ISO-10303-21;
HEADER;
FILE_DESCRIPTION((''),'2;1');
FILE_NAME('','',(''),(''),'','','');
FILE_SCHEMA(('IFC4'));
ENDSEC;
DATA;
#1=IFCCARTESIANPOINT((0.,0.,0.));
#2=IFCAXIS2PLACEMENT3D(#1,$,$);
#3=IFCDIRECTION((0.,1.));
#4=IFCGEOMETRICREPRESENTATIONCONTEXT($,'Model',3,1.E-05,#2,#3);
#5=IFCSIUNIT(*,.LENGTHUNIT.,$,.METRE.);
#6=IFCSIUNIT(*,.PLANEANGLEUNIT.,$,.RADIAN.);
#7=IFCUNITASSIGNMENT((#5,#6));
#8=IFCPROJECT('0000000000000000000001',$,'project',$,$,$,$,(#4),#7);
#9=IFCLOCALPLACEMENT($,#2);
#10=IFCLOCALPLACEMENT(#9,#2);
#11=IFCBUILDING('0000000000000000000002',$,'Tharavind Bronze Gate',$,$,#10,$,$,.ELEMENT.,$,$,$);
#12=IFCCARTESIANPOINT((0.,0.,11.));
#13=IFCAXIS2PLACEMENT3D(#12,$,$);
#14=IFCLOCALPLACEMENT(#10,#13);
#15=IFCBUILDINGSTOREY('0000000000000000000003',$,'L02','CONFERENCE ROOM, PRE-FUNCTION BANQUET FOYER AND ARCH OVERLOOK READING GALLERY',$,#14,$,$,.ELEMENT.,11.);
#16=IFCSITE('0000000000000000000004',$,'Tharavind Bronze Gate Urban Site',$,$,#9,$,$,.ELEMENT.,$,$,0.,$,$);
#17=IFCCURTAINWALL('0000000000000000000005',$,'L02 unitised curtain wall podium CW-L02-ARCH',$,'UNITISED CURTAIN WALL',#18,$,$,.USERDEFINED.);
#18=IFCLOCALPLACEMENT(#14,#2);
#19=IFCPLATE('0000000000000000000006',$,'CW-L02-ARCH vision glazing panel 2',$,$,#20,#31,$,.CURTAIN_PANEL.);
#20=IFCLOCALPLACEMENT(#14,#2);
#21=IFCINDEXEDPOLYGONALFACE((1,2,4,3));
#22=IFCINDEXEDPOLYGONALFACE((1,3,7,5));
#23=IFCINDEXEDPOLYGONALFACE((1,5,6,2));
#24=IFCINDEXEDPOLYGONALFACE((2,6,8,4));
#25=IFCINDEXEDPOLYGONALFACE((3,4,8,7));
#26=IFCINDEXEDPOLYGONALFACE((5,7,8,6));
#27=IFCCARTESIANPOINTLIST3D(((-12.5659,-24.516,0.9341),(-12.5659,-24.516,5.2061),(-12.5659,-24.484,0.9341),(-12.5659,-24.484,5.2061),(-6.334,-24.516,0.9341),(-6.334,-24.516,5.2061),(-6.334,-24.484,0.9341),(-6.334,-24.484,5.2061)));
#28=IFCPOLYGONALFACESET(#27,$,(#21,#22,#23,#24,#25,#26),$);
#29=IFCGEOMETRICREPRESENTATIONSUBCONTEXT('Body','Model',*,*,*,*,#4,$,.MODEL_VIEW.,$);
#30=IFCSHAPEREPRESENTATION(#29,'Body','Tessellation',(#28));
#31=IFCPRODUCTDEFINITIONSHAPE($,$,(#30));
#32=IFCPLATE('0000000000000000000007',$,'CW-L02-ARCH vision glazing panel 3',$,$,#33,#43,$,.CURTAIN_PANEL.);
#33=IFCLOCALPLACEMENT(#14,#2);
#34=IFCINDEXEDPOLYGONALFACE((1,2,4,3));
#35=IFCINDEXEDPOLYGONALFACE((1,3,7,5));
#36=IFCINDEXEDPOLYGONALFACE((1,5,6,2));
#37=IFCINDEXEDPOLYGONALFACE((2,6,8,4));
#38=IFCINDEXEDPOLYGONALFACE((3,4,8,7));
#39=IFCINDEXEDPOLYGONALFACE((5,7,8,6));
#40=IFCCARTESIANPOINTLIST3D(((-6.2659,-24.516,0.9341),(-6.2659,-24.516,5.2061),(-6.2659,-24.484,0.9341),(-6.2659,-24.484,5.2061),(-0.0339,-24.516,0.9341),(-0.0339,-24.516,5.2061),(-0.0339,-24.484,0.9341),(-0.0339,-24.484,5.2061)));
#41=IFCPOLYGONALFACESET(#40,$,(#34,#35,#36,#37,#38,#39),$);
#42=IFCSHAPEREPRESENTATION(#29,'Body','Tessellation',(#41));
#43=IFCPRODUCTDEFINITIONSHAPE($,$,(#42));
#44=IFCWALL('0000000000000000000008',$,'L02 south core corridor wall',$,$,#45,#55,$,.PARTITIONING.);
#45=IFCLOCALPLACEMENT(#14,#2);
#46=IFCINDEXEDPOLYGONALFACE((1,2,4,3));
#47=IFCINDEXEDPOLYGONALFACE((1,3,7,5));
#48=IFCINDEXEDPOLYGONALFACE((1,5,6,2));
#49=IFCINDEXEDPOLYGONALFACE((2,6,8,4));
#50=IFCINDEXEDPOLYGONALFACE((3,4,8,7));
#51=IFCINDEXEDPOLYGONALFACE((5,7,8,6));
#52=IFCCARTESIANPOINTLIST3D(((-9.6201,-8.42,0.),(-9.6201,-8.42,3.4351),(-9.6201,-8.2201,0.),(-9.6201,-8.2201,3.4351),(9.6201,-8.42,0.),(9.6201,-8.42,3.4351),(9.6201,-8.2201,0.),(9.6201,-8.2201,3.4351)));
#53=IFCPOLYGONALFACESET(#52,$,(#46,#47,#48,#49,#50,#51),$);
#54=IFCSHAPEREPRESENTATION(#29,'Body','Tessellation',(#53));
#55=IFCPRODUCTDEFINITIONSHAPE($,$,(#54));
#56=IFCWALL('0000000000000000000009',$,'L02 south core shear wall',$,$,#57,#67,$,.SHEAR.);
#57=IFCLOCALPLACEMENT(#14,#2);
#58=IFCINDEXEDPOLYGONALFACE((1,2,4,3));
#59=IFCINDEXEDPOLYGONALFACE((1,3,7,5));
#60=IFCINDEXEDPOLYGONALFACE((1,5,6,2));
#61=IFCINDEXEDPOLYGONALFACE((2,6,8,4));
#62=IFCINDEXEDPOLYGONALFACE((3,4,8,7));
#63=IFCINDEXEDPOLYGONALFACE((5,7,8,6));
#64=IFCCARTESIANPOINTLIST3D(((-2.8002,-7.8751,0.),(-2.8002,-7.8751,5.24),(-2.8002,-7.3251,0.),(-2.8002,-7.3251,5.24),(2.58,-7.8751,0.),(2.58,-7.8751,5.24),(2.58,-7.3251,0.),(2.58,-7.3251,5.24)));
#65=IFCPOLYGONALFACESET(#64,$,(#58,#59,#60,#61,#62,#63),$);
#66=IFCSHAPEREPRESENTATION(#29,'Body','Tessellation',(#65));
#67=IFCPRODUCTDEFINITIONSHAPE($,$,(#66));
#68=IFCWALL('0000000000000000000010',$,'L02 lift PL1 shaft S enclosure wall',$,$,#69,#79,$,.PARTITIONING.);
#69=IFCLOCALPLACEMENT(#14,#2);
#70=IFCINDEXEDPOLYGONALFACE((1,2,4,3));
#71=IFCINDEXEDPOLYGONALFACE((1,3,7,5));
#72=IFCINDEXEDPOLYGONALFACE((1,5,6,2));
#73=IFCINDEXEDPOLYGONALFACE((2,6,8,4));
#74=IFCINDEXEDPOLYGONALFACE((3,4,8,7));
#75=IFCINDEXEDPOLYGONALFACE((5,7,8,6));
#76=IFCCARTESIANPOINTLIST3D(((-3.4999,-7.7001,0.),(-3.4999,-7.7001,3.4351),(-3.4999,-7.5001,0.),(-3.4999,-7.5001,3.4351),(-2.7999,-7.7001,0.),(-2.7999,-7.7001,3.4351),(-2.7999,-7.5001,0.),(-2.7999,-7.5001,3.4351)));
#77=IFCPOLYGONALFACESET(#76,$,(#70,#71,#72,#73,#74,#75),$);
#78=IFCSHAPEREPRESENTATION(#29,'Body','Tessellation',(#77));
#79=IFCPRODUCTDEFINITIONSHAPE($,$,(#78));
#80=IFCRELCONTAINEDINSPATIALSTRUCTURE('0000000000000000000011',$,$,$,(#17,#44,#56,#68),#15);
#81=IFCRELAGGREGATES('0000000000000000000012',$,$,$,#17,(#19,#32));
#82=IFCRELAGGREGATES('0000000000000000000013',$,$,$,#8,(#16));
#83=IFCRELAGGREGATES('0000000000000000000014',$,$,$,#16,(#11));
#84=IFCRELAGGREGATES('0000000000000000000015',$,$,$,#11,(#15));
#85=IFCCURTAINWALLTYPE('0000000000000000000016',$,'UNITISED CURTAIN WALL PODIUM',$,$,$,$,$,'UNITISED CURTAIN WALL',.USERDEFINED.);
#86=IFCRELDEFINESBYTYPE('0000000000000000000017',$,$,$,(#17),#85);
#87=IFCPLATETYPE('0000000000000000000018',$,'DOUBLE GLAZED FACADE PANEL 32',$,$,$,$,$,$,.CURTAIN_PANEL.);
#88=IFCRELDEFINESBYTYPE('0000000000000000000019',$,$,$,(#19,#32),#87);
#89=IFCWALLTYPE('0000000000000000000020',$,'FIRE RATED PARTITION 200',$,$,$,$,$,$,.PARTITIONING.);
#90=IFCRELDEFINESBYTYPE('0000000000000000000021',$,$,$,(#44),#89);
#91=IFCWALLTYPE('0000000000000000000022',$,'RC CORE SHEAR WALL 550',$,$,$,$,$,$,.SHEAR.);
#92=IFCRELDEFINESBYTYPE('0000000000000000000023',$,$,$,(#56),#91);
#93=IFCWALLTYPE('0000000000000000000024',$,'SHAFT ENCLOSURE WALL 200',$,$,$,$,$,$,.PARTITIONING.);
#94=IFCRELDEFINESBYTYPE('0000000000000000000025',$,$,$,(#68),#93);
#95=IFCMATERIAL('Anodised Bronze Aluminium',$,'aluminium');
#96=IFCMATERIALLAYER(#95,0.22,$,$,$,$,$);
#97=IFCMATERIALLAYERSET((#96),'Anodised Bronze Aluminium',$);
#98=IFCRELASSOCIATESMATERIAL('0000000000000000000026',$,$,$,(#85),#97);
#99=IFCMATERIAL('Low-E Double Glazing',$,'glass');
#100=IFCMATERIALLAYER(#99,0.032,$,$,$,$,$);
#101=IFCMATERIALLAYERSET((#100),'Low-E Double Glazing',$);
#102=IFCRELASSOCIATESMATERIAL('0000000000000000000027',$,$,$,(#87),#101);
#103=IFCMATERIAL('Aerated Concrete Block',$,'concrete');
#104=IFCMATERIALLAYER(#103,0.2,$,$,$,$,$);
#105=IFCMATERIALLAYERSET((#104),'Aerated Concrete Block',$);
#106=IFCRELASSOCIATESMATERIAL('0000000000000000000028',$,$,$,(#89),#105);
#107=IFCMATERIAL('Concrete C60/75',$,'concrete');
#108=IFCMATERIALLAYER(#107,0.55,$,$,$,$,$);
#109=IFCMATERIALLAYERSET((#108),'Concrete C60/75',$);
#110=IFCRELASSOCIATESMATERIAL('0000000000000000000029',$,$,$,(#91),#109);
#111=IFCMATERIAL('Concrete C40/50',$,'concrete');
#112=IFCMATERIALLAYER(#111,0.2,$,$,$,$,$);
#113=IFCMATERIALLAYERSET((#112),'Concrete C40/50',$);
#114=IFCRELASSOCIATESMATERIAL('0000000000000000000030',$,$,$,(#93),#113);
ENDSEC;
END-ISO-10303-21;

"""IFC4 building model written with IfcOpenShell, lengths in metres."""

from ifc_helpers import new_model, si_unit, direction, frame, frame_2d, origin, origin_2d, place, context, subcontext, project, spatial, rectangle, extrude, material, layer, layer_set, type_object, element, aggregate, save


model = new_model("IFC4")

# Units and contexts
model_context = context("Model", 3, precision=1e-05, world=origin(), true_north=direction((0.0, 1.0)))
body_context = subcontext(model_context, "Body", "Model", "MODEL_VIEW")
ifc_project = project(units=[si_unit("LENGTHUNIT", "METRE"), si_unit("PLANEANGLEUNIT", "RADIAN")], contexts=[model_context])

# Site, building, storey
site_placement = place(None, origin())
site = spatial("IfcSite", under=ifc_project, at=site_placement, Name="Tharavind Bronze Gate Urban Site", CompositionType="ELEMENT", RefElevation=0.0)
building_placement = place(site_placement, origin())
building = spatial("IfcBuilding", under=site, at=building_placement, Name="Tharavind Bronze Gate", CompositionType="ELEMENT")
storey_placement = place(building_placement, frame((0.0, 0.0, 11.0)))
storey = spatial("IfcBuildingStorey", under=building, at=storey_placement, Name="L02", Description="CONFERENCE ROOM, PRE-FUNCTION BANQUET FOYER AND ARCH OVERLOOK READING GALLERY", CompositionType="ELEMENT", Elevation=11.0)

# Curtain wall
ifc_material_1 = material(Name="Anodised Bronze Aluminium", Category="aluminium")
ifc_layer_1 = layer(ifc_material_1, 0.22)
ifc_layer_set_1 = layer_set([ifc_layer_1], Name="Anodised Bronze Aluminium")
curtain_wall_type = type_object("IfcCurtainWallType", Name="UNITISED CURTAIN WALL PODIUM", ElementType="UNITISED CURTAIN WALL", PredefinedType="USERDEFINED", material=ifc_layer_set_1)
curtain_wall_placement = place(storey_placement, origin())
curtain_wall = element("IfcCurtainWall", 1, at=curtain_wall_placement, inside=storey, type_object=curtain_wall_type, Name="L02 unitised curtain wall podium CW-L02-ARCH", ObjectType="UNITISED CURTAIN WALL", PredefinedType="USERDEFINED")

# Plates
ifc_material_2 = material(Name="Low-E Double Glazing", Category="glass")
ifc_layer_2 = layer(ifc_material_2, 0.032)
ifc_layer_set_2 = layer_set([ifc_layer_2], Name="Low-E Double Glazing")
plate_type_1 = type_object("IfcPlateType", Name="DOUBLE GLAZED FACADE PANEL 32", PredefinedType="CURTAIN_PANEL", material=ifc_layer_set_2)
plate_1_placement = place(storey_placement, frame((-9.45, -24.5, 0.9341), z_axis=(0.0, 0.0, 1.0), x_axis=(1.0, 0.0, 0.0)))
plate_1 = element("IfcPlate", 2, at=plate_1_placement, type_object=plate_type_1, Name="CW-L02-ARCH vision glazing panel 2", PredefinedType="CURTAIN_PANEL", context=body_context, shape_type="SweptSolid", body=[
    extrude(rectangle(XDim=6.2319, YDim=0.032, at=origin_2d()), origin(), (0.0, 0.0, 1.0), 4.272),
])
plate_2_placement = place(storey_placement, frame((-3.1499, -24.5, 0.9341), z_axis=(0.0, 0.0, 1.0), x_axis=(1.0, 0.0, 0.0)))
plate_2 = element("IfcPlate", 3, at=plate_2_placement, type_object=plate_type_1, Name="CW-L02-ARCH vision glazing panel 3", PredefinedType="CURTAIN_PANEL", context=body_context, shape_type="SweptSolid", body=[
    extrude(rectangle(XDim=6.2319, YDim=0.032, at=origin_2d()), origin(), (0.0, 0.0, 1.0), 4.272),
])
aggregate(curtain_wall, [plate_1, plate_2])

# Walls
ifc_material_3 = material(Name="Aerated Concrete Block", Category="concrete")
ifc_layer_3 = layer(ifc_material_3, 0.2)
ifc_layer_set_3 = layer_set([ifc_layer_3], Name="Aerated Concrete Block")
wall_type_1 = type_object("IfcWallType", Name="FIRE RATED PARTITION 200", PredefinedType="PARTITIONING", material=ifc_layer_set_3)
wall_1_placement = place(storey_placement, frame((-9.6201, -8.3201, 0.0), z_axis=(0.0, 0.0, 1.0), x_axis=(1.0, 0.0, 0.0)))
element("IfcWall", 4, at=wall_1_placement, inside=storey, type_object=wall_type_1, Name="L02 south core corridor wall", PredefinedType="PARTITIONING", context=body_context, shape_type="SweptSolid", body=[
    extrude(rectangle(XDim=19.2402, YDim=0.2, at=frame_2d((9.6201, 0.0))), origin(), (0.0, 0.0, 1.0), 3.4351),
])
ifc_material_4 = material(Name="Concrete C60/75", Category="concrete")
ifc_layer_4 = layer(ifc_material_4, 0.55)
ifc_layer_set_4 = layer_set([ifc_layer_4], Name="Concrete C60/75")
wall_type_2 = type_object("IfcWallType", Name="RC CORE SHEAR WALL 550", PredefinedType="SHEAR", material=ifc_layer_set_4)
wall_2_placement = place(storey_placement, frame((-2.8, -7.6001, 0.0), z_axis=(0.0, 0.0, 1.0), x_axis=(1.0, 0.0, 0.0)))
element("IfcWall", 5, at=wall_2_placement, inside=storey, type_object=wall_type_2, Name="L02 south core shear wall", PredefinedType="SHEAR", context=body_context, shape_type="SweptSolid", body=[
    extrude(rectangle(XDim=5.3801, YDim=0.55, at=frame_2d((2.6899, 0.0))), origin(), (0.0, 0.0, 1.0), 5.24),
])
ifc_material_5 = material(Name="Concrete C40/50", Category="concrete")
ifc_layer_5 = layer(ifc_material_5, 0.2)
ifc_layer_set_5 = layer_set([ifc_layer_5], Name="Concrete C40/50")
wall_type_3 = type_object("IfcWallType", Name="SHAFT ENCLOSURE WALL 200", PredefinedType="PARTITIONING", material=ifc_layer_set_5)
wall_3_placement = place(storey_placement, frame((-3.5, -7.6001, 0.0), z_axis=(0.0, 0.0, 1.0), x_axis=(1.0, 0.0, 0.0)))
element("IfcWall", 6, at=wall_3_placement, inside=storey, type_object=wall_type_3, Name="L02 lift PL1 shaft S enclosure wall", PredefinedType="PARTITIONING", context=body_context, shape_type="SweptSolid", body=[
    extrude(rectangle(XDim=0.7, YDim=0.2, at=frame_2d((0.3501, 0.0))), origin(), (0.0, 0.0, 1.0), 3.4351),
])

save(model, "model.ifc")
